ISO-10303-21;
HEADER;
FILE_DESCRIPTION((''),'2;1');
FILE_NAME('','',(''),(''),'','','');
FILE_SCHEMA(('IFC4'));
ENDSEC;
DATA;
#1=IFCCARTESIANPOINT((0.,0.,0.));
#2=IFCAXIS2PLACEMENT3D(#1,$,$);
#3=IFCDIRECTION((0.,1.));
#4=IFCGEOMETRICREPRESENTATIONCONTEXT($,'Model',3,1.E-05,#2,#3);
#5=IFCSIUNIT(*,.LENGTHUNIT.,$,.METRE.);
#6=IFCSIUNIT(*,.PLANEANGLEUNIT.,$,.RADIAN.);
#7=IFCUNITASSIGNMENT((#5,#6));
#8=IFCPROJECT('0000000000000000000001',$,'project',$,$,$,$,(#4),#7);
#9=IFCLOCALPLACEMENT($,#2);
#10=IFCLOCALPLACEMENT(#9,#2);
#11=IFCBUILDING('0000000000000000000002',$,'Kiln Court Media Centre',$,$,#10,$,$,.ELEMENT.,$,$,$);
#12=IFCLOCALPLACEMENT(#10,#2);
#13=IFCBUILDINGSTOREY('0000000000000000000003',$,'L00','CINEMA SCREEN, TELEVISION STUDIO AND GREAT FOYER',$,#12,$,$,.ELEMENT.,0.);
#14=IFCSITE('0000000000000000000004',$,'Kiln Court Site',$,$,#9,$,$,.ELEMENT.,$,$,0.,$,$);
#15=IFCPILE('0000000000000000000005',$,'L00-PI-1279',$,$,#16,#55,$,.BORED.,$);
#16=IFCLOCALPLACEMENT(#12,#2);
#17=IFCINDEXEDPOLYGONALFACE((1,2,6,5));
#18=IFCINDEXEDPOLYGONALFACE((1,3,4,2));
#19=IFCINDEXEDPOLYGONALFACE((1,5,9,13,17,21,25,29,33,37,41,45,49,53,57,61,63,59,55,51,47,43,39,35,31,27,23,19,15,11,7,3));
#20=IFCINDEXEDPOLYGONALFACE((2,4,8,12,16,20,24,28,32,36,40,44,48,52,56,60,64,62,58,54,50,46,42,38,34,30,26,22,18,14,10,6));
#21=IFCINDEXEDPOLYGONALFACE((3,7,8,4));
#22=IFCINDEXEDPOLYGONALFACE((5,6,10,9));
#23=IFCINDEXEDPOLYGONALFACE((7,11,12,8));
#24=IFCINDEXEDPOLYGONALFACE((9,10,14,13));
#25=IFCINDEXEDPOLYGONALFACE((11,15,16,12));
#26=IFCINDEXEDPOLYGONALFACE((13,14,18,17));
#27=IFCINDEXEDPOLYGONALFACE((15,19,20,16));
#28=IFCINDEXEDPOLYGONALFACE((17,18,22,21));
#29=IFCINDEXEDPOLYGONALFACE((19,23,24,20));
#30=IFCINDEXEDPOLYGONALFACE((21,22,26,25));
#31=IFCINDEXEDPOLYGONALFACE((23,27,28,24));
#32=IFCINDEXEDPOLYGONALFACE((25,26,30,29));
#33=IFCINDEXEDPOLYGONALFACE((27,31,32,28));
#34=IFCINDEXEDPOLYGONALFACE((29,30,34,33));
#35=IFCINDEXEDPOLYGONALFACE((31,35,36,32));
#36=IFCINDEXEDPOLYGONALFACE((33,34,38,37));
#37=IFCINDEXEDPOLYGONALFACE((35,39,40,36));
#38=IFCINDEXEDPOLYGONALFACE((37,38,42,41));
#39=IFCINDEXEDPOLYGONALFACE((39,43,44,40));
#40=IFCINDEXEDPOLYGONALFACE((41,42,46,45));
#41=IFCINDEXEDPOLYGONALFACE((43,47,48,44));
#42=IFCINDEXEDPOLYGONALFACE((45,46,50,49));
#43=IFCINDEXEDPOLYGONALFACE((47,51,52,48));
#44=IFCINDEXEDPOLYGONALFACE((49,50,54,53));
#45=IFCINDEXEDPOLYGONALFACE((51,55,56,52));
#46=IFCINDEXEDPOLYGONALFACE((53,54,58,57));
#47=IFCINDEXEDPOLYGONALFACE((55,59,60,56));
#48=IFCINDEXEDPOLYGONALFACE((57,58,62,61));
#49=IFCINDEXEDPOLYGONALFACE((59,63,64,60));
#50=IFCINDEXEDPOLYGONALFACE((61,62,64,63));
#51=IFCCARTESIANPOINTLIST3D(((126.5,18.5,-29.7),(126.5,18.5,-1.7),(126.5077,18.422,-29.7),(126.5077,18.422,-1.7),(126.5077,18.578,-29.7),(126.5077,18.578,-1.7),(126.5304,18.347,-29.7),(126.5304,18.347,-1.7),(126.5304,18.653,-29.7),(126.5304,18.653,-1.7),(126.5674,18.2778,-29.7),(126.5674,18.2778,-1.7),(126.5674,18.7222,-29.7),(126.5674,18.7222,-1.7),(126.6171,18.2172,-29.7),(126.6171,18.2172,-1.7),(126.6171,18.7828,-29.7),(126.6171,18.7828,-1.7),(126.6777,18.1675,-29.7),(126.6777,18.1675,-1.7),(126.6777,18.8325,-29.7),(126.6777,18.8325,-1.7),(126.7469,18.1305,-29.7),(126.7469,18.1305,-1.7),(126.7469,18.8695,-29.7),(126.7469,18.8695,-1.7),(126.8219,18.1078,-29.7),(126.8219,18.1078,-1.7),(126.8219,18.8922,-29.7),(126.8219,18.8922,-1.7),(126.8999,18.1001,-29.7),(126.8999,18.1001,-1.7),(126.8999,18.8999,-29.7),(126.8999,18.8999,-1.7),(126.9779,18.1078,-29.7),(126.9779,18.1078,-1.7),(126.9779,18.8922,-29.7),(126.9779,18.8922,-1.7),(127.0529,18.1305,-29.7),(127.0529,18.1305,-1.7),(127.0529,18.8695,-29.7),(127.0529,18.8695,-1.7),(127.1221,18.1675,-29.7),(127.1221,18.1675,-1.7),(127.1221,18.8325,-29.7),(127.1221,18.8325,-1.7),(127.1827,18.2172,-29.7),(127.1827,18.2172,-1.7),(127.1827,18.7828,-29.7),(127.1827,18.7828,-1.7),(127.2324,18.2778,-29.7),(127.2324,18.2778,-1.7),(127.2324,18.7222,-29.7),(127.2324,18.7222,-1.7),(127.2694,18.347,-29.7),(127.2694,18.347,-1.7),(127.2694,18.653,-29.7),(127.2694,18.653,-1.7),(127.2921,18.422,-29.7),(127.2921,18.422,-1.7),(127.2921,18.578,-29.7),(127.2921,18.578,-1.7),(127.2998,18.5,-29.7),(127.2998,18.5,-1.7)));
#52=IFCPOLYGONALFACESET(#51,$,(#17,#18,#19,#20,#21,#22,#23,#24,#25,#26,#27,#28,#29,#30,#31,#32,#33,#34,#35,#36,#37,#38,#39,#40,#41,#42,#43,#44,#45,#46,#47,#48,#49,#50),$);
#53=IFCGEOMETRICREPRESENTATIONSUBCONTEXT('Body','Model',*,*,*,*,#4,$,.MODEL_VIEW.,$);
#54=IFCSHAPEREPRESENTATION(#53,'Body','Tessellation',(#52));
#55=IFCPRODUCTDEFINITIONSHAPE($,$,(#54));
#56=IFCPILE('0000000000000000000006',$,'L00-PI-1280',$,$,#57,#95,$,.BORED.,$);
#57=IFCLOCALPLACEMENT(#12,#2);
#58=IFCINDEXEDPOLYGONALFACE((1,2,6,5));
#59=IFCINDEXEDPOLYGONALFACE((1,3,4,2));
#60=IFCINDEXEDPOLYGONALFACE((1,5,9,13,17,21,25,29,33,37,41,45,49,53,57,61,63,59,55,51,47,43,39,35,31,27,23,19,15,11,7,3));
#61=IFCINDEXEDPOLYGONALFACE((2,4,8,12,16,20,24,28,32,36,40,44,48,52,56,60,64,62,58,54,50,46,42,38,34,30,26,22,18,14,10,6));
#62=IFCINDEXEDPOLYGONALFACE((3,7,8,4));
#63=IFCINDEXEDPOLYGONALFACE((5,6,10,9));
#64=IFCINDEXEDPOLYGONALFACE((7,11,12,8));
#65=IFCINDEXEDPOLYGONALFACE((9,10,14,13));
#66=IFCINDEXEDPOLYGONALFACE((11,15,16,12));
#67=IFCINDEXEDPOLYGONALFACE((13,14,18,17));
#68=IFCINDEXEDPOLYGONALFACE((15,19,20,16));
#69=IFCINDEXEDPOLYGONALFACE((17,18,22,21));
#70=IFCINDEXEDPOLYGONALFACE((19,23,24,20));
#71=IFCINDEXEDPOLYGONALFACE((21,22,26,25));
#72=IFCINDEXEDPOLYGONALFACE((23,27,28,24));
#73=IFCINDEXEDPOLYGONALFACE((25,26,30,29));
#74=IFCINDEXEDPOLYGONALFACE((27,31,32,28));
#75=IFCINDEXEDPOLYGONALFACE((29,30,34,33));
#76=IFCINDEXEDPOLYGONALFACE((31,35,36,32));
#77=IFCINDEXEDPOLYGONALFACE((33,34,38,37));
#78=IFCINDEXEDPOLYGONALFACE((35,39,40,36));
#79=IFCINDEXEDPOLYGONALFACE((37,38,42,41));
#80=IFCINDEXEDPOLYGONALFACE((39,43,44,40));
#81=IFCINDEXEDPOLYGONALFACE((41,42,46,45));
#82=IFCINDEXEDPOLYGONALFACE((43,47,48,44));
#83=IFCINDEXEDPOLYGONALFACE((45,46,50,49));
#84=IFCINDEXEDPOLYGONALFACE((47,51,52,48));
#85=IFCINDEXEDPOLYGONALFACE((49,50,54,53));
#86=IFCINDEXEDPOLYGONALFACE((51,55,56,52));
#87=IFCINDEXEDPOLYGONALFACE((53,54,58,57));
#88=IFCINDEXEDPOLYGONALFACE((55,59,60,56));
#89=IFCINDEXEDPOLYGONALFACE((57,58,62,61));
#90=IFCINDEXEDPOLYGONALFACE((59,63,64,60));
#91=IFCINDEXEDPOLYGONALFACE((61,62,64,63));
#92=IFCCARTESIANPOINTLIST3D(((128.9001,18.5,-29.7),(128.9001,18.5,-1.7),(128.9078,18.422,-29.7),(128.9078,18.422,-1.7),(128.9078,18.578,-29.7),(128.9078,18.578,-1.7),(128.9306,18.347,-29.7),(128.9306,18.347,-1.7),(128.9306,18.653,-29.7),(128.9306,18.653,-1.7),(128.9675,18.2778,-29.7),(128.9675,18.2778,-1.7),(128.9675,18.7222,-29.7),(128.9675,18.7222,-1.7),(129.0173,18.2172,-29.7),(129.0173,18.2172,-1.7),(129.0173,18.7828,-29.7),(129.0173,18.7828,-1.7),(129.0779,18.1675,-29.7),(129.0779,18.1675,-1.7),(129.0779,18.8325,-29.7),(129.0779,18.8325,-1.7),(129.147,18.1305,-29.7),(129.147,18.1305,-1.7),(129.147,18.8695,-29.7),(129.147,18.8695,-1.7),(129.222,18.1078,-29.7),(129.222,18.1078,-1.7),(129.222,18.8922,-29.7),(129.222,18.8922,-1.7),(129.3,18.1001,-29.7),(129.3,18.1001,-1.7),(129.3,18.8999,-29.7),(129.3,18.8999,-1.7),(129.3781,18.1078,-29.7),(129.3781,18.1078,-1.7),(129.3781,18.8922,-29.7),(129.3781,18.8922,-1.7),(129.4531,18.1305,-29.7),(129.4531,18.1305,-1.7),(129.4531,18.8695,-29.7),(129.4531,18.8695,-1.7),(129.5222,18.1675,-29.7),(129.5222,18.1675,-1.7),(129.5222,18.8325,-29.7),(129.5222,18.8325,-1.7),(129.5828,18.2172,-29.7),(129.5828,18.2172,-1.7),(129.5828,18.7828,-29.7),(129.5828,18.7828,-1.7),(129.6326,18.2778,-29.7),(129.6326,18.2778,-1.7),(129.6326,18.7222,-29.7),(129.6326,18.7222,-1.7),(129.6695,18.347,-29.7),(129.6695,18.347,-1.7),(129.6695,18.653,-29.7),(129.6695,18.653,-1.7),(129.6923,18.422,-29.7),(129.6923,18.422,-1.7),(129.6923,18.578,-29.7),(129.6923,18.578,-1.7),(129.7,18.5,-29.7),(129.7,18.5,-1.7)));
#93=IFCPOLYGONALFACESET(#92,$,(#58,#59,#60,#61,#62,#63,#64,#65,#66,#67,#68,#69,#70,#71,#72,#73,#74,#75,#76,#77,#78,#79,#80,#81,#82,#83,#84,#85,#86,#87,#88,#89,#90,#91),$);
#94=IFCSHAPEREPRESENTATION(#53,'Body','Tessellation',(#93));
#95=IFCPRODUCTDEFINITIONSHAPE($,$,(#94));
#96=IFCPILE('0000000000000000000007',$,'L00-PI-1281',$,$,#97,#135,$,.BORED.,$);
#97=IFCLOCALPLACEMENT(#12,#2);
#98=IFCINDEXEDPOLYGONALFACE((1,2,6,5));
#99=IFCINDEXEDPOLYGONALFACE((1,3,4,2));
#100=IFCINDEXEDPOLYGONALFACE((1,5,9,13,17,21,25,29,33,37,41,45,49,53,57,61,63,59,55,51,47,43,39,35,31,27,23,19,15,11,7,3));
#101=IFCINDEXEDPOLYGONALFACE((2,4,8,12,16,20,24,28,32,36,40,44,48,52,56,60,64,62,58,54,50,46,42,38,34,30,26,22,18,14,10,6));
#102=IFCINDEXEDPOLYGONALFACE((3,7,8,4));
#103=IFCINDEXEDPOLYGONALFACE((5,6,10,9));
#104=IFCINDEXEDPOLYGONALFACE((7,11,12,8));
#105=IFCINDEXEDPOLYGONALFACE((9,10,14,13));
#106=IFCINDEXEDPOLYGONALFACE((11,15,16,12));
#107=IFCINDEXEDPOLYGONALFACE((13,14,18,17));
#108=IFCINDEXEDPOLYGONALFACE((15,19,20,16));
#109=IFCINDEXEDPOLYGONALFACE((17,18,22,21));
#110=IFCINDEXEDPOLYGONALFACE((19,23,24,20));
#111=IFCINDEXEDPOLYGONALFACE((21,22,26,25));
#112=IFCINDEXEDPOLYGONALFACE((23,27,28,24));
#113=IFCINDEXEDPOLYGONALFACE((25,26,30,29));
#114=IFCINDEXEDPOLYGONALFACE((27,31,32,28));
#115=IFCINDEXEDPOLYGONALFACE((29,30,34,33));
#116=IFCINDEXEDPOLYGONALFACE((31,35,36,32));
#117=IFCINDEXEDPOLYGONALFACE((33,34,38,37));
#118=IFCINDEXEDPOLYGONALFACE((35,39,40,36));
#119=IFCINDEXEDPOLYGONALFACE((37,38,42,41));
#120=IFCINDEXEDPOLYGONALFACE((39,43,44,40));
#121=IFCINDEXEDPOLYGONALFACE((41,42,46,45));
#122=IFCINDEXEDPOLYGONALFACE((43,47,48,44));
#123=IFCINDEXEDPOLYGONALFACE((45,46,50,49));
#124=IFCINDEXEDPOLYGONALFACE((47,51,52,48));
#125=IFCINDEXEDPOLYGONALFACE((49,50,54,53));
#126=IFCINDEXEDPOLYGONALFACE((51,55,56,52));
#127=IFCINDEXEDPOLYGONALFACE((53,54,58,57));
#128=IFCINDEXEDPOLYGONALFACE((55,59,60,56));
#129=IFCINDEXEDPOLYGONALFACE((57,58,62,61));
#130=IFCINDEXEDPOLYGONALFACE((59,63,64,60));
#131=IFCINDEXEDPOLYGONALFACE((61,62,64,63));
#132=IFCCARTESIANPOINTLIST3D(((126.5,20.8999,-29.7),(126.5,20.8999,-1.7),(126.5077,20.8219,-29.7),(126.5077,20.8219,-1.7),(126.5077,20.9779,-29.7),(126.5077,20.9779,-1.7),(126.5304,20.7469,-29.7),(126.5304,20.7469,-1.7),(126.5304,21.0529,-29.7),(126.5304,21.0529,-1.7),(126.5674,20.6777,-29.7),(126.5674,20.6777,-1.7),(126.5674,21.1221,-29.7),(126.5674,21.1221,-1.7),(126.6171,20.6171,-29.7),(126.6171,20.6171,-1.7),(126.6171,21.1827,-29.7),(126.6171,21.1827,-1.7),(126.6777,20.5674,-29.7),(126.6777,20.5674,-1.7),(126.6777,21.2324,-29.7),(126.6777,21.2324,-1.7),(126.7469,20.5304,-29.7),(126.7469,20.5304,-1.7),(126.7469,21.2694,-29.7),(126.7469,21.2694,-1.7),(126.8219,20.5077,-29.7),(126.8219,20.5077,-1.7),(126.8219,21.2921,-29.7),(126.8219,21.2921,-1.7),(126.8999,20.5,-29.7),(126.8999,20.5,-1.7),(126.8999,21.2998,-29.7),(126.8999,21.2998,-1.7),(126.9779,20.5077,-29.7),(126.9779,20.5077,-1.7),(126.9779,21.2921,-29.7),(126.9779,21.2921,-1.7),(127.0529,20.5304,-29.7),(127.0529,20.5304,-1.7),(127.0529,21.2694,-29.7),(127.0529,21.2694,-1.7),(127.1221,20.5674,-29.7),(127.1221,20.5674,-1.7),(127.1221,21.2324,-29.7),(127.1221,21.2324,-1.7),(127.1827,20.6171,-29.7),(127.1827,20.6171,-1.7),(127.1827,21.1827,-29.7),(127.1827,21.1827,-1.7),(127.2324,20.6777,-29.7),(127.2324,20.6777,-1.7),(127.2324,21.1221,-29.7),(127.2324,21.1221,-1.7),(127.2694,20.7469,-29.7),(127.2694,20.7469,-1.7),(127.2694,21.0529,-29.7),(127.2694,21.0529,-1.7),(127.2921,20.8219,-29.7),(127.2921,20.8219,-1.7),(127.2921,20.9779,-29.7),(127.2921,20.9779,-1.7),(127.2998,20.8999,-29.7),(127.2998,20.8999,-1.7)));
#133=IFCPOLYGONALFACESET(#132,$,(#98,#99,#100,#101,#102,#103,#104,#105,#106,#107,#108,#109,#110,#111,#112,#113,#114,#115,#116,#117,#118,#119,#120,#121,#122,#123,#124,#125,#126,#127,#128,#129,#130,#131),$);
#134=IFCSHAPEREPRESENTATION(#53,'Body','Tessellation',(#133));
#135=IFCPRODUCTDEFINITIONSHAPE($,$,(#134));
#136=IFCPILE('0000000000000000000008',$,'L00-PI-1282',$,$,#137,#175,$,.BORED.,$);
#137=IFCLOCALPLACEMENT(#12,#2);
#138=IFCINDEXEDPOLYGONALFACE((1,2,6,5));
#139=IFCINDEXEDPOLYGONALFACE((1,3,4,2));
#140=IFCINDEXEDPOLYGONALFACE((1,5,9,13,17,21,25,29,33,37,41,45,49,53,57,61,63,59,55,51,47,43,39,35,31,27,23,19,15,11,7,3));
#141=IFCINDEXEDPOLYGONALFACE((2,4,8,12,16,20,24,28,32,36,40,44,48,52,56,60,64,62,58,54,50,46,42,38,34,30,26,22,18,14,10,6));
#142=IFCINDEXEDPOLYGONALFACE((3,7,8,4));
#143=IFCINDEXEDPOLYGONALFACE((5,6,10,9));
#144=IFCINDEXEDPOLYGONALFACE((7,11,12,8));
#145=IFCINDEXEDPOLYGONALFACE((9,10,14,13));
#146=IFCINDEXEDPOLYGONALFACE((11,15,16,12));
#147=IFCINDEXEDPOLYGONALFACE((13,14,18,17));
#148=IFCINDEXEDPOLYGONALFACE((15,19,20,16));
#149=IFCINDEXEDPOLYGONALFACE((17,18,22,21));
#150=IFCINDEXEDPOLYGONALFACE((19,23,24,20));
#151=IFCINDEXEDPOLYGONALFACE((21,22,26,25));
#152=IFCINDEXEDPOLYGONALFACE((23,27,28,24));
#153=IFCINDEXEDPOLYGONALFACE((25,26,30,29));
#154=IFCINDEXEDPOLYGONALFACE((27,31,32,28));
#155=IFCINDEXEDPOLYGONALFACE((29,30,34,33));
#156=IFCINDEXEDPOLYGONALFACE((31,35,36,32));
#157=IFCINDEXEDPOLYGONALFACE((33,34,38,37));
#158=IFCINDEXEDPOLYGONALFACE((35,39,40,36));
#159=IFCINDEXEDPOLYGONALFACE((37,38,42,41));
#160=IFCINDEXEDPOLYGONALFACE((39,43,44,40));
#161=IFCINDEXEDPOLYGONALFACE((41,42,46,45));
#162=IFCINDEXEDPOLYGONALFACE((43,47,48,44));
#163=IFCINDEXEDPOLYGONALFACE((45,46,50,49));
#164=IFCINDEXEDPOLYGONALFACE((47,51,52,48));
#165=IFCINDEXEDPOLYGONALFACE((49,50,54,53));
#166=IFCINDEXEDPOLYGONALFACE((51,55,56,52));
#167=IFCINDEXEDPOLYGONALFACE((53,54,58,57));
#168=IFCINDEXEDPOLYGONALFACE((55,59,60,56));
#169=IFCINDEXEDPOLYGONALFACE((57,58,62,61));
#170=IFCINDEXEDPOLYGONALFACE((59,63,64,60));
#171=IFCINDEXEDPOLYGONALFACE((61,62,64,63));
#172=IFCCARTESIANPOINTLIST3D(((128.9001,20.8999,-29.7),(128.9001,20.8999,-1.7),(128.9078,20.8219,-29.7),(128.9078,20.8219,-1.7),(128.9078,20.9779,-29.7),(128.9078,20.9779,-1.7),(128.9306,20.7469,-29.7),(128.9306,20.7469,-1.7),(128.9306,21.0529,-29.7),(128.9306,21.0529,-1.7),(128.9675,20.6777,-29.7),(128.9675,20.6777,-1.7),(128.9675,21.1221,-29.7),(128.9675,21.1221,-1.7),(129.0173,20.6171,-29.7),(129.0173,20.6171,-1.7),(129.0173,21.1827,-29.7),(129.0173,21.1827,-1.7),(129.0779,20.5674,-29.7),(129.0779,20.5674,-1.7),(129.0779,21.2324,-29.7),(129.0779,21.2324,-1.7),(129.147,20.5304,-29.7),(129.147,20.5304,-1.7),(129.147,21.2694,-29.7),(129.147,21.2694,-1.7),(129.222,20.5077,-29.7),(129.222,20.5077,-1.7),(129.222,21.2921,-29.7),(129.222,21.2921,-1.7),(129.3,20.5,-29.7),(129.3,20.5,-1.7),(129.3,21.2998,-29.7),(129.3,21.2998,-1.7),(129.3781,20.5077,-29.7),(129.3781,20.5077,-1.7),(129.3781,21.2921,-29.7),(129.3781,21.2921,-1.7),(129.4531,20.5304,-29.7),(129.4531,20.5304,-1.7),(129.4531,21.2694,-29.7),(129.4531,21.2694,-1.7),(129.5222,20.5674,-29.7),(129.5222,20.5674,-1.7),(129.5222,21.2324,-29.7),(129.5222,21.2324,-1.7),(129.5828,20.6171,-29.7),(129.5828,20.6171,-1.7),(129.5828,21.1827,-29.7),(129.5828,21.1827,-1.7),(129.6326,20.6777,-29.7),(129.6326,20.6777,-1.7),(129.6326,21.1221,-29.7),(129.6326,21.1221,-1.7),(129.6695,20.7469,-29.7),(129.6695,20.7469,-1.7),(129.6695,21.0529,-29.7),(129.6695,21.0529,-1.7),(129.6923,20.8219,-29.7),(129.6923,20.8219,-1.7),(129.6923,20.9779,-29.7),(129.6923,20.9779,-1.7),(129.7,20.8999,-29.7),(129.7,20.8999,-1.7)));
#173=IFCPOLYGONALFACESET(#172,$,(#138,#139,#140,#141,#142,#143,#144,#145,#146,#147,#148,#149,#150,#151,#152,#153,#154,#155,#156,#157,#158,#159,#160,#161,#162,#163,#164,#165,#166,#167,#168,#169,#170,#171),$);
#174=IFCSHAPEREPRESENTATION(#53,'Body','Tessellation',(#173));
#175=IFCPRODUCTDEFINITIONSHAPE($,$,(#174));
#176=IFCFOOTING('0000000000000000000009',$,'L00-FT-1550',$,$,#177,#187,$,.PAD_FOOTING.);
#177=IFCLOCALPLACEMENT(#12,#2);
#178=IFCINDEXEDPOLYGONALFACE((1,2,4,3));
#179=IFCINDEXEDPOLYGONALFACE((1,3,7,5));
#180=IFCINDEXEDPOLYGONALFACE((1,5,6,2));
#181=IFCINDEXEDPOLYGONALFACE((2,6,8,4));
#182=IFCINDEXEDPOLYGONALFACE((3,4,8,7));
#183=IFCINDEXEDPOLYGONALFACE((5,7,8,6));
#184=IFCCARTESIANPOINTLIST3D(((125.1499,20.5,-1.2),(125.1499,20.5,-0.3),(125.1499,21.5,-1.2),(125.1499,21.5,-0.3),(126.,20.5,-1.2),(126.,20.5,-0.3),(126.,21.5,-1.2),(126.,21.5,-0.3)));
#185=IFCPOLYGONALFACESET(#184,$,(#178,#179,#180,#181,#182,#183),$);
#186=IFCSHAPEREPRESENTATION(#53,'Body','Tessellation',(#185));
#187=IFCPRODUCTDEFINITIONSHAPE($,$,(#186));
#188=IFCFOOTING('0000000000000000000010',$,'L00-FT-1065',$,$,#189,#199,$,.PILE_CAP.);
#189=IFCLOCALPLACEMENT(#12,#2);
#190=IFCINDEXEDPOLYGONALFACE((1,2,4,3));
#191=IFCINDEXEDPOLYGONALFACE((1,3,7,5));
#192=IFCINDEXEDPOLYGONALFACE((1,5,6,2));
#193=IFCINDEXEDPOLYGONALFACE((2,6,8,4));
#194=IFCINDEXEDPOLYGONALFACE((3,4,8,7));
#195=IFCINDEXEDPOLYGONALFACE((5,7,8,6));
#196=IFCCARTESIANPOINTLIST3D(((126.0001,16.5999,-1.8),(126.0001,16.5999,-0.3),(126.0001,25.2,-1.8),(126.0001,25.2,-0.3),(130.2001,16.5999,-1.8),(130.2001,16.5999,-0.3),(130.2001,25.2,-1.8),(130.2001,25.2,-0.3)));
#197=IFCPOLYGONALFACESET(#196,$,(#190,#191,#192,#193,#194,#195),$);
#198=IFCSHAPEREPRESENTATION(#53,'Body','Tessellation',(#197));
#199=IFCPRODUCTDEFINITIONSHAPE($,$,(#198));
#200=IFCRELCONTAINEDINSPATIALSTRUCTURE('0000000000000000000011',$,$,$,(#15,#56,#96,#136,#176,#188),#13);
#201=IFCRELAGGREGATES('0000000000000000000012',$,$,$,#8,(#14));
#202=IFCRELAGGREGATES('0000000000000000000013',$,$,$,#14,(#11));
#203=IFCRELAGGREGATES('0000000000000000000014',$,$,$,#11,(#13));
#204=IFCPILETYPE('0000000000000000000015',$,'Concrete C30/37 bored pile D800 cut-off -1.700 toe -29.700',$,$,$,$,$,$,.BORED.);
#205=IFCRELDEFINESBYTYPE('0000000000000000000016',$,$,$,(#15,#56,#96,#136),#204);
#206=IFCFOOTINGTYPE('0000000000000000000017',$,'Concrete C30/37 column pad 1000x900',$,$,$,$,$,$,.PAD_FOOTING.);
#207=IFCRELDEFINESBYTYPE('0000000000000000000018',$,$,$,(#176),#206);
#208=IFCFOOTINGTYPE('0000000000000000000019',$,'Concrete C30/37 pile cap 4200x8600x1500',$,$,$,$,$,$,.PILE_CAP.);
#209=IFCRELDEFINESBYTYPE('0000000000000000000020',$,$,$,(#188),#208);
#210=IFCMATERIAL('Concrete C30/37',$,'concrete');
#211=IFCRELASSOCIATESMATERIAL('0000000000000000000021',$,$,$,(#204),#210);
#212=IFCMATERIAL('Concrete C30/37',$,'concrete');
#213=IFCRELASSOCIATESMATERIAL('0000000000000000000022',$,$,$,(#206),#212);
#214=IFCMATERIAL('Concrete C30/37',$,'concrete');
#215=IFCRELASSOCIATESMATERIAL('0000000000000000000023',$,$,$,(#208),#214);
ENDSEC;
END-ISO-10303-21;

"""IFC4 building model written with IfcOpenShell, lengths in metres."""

from ifc_helpers import new_model, si_unit, direction, frame, origin, origin_2d, place, context, subcontext, project, spatial, rectangle, circle, extrude, material, material_profile, profile_set, type_object, element, save


model = new_model("IFC4")

# Units and contexts
model_context = context("Model", 3, precision=1e-05, world=origin(), true_north=direction((0.0, 1.0)))
body_context = subcontext(model_context, "Body", "Model", "MODEL_VIEW")
ifc_project = project(units=[si_unit("LENGTHUNIT", "METRE"), si_unit("PLANEANGLEUNIT", "RADIAN")], contexts=[model_context])

# Site, building, storey
site_placement = place(None, origin())
site = spatial("IfcSite", under=ifc_project, at=site_placement, Name="Kiln Court Site", CompositionType="ELEMENT", RefElevation=0.0)
building_placement = place(site_placement, origin())
building = spatial("IfcBuilding", under=site, at=building_placement, Name="Kiln Court Media Centre", CompositionType="ELEMENT")
storey_placement = place(building_placement, origin())
storey = spatial("IfcBuildingStorey", under=building, at=storey_placement, Name="L00", Description="CINEMA SCREEN, TELEVISION STUDIO AND GREAT FOYER", CompositionType="ELEMENT", Elevation=0.0)

# Piles
ifc_material_1 = material(Name="Concrete C30/37", Category="concrete")
ifc_material_profile_1 = material_profile(ifc_material_1, circle(Radius=0.3999, at=origin_2d()), Name="PILE D800")
ifc_profile_set_1 = profile_set([ifc_material_profile_1], Name="Concrete C30/37")
pile_type = type_object("IfcPileType", Name="Concrete C30/37 bored pile D800 cut-off -1.700 toe -29.700", PredefinedType="BORED", material=ifc_profile_set_1)
for number, where, z_axis, x_axis, name in (
    (1, (126.8999, 18.5, -1.7), (0.0, 0.0, -1.0), (1.0, 0.0, 0.0), "L00-PI-1279"),
    (2, (129.3, 18.5, -1.7), (0.0, 0.0, -1.0), (1.0, 0.0, 0.0), "L00-PI-1280"),
    (3, (126.8999, 20.8999, -1.7), (0.0, 0.0, -1.0), (1.0, 0.0, 0.0), "L00-PI-1281"),
    (4, (129.3, 20.8999, -1.7), (0.0, 0.0, -1.0), (1.0, 0.0, 0.0), "L00-PI-1282"),
):
    element("IfcPile", number, at=place(storey_placement, frame(where, z_axis=z_axis, x_axis=x_axis)), inside=storey, type_object=pile_type, Name=name, PredefinedType="BORED", context=body_context, shape_type="SweptSolid", body=[
        extrude(circle(Radius=0.3999, at=origin_2d()), origin(), (0.0, 0.0, 1.0), 28.0),
    ])

# Footings
ifc_material_2 = material(Name="Concrete C30/37", Category="concrete")
footing_type_1 = type_object("IfcFootingType", Name="Concrete C30/37 column pad 1000x900", PredefinedType="PAD_FOOTING", material=ifc_material_2)
footing_1_placement = place(storey_placement, frame((125.575, 21.0, -1.2), z_axis=(0.0, 0.0, 1.0), x_axis=(1.0, 0.0, 0.0)))
element("IfcFooting", 5, at=footing_1_placement, inside=storey, type_object=footing_type_1, Name="L00-FT-1550", PredefinedType="PAD_FOOTING", context=body_context, shape_type="SweptSolid", body=[
    extrude(rectangle(XDim=0.8501, YDim=1.0, at=origin_2d()), origin(), (0.0, 0.0, 1.0), 0.8999),
])
ifc_material_3 = material(Name="Concrete C30/37", Category="concrete")
footing_type_2 = type_object("IfcFootingType", Name="Concrete C30/37 pile cap 4200x8600x1500", PredefinedType="PILE_CAP", material=ifc_material_3)
footing_2_placement = place(storey_placement, frame((128.1001, 20.8999, -1.8), z_axis=(0.0, 0.0, 1.0), x_axis=(1.0, 0.0, 0.0)))
element("IfcFooting", 6, at=footing_2_placement, inside=storey, type_object=footing_type_2, Name="L00-FT-1065", PredefinedType="PILE_CAP", context=body_context, shape_type="SweptSolid", body=[
    extrude(rectangle(XDim=4.2, YDim=8.6001, at=origin_2d()), origin(), (0.0, 0.0, 1.0), 1.5),
])

save(model, "model.ifc")
